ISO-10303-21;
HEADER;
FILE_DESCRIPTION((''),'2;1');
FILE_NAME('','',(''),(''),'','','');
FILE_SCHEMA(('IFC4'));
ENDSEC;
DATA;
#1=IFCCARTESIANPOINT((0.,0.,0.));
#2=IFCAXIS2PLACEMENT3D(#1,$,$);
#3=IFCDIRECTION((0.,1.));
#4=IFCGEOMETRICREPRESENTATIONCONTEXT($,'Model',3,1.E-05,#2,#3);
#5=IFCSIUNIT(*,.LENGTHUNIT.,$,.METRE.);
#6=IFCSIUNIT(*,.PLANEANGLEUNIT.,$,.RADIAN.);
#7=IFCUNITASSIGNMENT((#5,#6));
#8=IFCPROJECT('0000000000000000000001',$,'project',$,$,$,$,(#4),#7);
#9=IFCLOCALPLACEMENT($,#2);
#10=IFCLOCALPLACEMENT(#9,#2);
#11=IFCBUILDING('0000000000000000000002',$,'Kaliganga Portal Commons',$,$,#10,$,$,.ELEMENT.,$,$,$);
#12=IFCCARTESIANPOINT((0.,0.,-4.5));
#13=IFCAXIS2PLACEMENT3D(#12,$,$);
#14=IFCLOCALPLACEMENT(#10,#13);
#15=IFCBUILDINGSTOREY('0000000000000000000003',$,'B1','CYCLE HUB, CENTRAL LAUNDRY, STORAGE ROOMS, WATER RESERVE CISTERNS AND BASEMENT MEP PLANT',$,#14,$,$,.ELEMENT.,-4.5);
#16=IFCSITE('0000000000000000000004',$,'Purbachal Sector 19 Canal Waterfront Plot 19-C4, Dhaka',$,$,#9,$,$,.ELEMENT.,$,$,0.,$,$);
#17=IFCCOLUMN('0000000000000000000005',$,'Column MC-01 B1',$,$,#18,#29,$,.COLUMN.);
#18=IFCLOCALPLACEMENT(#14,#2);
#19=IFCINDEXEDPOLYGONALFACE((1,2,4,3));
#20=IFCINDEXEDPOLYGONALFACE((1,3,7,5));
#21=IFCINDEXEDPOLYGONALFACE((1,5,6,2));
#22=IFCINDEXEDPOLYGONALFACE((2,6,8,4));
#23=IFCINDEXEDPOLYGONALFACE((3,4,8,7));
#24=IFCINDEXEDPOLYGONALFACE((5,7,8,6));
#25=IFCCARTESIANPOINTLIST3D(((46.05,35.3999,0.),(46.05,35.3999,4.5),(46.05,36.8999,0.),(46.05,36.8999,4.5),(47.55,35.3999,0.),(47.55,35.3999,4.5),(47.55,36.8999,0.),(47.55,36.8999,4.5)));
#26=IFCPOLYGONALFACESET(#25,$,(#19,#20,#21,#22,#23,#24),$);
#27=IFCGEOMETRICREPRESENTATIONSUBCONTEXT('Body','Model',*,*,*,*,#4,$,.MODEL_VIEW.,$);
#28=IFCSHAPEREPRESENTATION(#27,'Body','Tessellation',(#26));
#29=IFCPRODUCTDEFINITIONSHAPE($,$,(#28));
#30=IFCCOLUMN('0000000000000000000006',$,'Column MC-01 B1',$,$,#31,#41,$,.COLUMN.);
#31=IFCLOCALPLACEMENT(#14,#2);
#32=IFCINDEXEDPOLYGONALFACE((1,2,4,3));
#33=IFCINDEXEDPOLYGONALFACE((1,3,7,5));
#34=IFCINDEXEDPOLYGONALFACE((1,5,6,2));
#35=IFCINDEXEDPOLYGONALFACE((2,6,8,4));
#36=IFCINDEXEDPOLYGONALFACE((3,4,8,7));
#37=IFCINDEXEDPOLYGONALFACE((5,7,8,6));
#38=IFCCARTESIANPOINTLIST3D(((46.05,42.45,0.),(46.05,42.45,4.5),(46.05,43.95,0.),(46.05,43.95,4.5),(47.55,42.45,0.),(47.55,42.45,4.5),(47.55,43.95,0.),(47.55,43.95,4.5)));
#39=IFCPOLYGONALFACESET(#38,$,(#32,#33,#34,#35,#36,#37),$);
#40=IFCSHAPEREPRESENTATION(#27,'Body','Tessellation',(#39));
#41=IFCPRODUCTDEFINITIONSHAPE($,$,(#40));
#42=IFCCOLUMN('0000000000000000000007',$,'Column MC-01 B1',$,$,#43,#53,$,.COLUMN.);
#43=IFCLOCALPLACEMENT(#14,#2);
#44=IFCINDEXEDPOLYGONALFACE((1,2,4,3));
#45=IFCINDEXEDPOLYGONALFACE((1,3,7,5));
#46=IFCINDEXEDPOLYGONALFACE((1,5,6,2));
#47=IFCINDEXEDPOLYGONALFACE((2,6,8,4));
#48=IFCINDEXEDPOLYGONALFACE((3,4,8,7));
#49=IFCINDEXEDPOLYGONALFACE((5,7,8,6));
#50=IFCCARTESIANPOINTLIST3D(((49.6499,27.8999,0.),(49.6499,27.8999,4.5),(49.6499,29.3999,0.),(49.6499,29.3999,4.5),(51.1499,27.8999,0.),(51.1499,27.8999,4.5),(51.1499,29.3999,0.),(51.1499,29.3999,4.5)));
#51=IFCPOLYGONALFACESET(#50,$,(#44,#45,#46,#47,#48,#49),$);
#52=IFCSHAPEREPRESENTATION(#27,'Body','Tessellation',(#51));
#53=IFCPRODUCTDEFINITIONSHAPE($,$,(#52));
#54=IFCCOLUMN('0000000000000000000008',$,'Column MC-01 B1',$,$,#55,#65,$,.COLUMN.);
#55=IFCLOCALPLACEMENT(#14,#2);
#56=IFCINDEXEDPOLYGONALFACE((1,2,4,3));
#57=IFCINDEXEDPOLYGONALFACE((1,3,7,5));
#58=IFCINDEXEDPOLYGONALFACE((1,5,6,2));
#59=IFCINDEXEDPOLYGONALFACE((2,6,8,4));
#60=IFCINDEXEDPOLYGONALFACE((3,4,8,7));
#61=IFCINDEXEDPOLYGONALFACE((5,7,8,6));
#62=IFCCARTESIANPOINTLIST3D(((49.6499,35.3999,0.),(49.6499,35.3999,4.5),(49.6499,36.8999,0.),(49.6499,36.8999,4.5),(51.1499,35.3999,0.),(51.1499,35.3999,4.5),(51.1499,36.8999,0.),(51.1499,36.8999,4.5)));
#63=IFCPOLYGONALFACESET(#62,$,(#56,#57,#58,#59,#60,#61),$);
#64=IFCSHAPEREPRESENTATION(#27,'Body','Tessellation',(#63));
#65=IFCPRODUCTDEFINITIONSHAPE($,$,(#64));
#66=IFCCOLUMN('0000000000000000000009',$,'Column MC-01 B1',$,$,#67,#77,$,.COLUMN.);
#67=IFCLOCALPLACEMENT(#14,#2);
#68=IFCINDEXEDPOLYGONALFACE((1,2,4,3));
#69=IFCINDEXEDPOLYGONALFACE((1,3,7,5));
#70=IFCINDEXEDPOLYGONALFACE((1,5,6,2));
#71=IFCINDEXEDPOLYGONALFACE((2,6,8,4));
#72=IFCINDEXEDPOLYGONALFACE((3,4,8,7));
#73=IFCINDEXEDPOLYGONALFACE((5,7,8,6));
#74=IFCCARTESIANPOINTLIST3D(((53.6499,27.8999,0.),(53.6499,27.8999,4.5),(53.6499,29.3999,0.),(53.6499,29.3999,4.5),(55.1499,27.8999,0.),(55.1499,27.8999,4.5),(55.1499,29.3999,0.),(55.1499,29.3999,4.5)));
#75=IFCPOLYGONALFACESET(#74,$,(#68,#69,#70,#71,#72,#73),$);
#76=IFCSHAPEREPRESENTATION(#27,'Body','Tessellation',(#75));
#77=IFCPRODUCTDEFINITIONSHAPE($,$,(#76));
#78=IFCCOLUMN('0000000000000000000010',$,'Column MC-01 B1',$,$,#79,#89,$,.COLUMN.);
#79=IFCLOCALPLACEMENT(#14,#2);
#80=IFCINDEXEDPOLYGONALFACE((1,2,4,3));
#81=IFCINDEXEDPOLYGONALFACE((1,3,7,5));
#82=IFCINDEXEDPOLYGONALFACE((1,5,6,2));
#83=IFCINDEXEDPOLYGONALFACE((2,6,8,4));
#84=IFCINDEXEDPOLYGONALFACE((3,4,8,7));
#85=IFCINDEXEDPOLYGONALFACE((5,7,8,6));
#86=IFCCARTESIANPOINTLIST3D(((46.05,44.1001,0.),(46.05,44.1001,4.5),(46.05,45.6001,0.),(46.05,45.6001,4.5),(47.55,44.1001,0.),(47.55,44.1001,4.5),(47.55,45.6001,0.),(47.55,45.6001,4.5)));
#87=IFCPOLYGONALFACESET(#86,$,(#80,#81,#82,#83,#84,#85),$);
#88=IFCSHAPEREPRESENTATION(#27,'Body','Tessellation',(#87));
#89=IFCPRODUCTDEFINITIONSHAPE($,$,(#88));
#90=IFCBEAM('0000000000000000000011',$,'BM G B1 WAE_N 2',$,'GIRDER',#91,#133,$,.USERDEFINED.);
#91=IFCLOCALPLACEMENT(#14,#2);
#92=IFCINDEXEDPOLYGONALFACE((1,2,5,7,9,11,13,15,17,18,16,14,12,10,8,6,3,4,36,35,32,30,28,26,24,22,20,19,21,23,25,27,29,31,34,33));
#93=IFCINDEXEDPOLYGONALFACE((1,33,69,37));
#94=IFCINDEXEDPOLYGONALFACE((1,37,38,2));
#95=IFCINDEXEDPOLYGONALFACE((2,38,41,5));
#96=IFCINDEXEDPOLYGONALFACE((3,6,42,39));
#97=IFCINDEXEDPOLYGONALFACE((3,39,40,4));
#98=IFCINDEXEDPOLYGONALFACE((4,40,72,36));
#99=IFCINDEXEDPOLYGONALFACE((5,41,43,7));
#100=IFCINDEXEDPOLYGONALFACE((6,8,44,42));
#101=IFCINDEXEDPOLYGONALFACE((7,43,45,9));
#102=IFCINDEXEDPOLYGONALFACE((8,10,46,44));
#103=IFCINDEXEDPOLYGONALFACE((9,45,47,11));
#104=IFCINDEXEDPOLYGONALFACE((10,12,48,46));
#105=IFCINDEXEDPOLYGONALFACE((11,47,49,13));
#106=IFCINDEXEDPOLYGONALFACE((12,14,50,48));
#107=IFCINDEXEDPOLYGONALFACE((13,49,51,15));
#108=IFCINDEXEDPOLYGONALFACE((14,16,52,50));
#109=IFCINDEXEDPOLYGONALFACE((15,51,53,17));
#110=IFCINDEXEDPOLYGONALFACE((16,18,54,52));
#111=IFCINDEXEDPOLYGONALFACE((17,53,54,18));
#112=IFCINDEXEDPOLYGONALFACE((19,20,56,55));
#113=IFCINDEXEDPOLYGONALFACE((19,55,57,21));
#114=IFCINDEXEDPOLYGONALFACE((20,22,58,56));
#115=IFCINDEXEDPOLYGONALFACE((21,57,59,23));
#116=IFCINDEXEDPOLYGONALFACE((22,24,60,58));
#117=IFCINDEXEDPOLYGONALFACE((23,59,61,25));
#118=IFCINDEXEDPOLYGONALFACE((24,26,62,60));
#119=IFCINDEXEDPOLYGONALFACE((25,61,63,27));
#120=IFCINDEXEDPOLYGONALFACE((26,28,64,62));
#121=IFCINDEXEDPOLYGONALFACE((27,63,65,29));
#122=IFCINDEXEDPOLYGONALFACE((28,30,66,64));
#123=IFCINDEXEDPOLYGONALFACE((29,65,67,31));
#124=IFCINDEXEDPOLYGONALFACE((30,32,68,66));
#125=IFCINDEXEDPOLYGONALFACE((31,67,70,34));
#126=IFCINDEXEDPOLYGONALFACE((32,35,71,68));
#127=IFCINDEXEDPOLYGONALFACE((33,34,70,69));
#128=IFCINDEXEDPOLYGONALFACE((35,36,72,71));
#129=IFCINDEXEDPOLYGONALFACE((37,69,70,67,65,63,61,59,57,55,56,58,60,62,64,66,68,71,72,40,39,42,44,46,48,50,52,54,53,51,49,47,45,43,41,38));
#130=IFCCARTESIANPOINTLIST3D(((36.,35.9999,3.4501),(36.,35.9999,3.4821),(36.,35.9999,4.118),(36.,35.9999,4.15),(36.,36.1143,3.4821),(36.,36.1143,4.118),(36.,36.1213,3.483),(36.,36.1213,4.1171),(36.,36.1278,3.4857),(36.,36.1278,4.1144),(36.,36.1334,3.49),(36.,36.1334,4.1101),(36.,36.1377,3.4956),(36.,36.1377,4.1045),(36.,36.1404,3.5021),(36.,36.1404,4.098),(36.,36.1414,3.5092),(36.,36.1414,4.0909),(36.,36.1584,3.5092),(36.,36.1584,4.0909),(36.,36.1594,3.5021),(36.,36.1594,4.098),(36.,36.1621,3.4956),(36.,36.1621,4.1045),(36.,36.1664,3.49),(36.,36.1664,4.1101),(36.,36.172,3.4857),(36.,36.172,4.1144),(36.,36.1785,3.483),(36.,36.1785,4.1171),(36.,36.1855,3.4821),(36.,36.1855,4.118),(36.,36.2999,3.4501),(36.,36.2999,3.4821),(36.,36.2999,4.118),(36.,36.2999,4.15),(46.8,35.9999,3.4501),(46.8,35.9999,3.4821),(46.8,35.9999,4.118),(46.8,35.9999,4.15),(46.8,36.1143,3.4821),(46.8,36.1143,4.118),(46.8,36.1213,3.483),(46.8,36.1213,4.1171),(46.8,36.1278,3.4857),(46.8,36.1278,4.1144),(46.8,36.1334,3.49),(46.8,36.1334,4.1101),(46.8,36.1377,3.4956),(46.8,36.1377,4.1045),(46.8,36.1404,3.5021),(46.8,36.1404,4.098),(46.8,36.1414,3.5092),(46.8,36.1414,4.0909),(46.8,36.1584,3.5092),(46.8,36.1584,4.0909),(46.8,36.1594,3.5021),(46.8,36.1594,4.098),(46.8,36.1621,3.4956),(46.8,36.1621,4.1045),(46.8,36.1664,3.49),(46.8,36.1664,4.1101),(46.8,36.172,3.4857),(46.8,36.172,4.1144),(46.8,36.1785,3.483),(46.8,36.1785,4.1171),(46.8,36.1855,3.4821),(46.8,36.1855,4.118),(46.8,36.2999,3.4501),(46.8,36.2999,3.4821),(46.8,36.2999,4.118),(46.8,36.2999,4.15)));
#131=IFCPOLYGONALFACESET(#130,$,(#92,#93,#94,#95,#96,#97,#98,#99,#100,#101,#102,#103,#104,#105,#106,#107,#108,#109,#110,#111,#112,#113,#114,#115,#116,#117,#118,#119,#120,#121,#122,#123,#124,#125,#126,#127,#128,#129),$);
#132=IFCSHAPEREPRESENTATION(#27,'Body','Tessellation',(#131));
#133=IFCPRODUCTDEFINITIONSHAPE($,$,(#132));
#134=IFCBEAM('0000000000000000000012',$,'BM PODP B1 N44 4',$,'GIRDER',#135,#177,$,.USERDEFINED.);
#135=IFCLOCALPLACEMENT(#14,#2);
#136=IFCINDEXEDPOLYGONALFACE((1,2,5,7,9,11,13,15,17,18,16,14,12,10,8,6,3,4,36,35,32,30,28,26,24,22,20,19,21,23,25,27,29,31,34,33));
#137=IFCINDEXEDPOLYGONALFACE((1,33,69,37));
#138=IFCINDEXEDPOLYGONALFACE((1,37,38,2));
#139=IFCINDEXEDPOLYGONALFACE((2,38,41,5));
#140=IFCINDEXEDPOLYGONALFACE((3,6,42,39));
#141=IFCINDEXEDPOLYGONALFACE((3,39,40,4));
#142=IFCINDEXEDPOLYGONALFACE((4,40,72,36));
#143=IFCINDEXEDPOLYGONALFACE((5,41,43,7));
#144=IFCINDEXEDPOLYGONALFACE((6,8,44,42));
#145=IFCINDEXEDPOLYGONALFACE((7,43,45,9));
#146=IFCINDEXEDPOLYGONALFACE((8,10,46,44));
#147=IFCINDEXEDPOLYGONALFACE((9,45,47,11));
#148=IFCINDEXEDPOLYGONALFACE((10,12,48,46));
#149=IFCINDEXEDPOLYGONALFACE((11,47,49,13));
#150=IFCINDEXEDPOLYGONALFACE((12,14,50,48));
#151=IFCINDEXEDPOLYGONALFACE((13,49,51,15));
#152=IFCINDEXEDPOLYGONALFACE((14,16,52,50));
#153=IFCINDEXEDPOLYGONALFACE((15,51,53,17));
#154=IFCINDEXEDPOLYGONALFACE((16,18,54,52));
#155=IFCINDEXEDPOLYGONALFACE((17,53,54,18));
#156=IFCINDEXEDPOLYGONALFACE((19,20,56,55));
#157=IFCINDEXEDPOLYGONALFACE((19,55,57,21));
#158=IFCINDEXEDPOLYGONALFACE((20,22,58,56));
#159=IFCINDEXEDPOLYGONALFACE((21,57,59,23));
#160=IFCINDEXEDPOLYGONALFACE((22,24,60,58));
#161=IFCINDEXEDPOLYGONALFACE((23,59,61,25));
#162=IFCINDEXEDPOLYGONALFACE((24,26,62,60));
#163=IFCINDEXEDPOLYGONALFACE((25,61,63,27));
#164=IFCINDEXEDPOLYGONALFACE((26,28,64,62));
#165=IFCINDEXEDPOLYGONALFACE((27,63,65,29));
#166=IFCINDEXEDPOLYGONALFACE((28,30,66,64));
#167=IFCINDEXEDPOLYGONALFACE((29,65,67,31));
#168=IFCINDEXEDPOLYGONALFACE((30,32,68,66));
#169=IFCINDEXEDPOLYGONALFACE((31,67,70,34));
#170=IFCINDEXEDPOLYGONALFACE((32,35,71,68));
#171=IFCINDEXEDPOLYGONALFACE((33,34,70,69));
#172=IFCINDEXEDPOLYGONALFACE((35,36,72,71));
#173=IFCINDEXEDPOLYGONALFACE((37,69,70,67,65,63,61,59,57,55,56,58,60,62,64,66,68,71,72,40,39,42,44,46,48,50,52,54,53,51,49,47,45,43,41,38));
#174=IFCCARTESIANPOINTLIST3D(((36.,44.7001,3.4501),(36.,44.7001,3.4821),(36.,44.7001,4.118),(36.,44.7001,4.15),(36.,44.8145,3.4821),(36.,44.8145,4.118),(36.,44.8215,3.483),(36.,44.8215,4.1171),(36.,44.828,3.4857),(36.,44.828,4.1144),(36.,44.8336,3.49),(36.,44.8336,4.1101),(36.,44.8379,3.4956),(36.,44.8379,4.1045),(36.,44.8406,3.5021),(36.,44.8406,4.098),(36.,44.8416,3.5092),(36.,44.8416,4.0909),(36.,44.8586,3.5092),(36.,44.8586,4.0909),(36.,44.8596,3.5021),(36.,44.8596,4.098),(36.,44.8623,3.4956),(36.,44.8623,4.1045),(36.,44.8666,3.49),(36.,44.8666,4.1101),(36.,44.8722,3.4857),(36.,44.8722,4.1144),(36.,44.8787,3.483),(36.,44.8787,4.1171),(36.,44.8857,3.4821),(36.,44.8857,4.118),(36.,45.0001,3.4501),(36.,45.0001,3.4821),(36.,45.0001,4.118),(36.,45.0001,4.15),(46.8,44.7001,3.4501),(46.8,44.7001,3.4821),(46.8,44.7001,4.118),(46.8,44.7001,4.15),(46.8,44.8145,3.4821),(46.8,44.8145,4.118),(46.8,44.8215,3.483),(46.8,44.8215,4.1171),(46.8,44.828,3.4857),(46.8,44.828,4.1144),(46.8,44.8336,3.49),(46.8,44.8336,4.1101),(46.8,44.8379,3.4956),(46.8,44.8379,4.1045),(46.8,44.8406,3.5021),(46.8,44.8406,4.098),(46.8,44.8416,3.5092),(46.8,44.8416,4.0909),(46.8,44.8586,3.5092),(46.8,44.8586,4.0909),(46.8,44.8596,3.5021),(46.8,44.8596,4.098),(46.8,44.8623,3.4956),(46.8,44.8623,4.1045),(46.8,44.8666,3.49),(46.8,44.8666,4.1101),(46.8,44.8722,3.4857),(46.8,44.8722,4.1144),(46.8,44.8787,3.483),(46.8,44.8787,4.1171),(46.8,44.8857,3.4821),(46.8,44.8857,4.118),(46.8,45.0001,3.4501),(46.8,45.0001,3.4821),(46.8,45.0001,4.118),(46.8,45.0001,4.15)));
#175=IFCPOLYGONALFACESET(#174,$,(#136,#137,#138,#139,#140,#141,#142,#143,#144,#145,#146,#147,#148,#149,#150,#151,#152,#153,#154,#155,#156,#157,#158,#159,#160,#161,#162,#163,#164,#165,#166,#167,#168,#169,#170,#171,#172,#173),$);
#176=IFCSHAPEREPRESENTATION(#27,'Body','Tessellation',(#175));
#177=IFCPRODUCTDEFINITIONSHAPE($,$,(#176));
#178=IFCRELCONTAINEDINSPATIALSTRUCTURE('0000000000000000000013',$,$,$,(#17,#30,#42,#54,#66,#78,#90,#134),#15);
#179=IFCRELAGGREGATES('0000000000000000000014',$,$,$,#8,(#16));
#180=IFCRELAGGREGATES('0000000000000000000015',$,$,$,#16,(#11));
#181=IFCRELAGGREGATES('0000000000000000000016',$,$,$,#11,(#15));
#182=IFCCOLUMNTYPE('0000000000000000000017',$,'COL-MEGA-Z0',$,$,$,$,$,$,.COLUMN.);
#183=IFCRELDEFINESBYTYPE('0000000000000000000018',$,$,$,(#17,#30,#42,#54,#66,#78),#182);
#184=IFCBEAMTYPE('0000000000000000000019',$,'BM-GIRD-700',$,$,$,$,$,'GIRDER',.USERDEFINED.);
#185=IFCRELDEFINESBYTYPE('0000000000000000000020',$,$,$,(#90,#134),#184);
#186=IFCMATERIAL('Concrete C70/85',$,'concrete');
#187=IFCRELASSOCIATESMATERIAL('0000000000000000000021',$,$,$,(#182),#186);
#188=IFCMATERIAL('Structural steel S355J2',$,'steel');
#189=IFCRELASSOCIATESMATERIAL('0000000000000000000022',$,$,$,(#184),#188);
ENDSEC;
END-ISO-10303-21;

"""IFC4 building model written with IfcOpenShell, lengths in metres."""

from ifc_helpers import new_model, si_unit, direction, frame, origin, origin_2d, place, context, subcontext, project, spatial, rectangle, i_section, extrude, source, transform, mapped, material, material_profile, profile_set, type_object, element, save


model = new_model("IFC4")

# Units and contexts
model_context = context("Model", 3, precision=1e-05, world=origin(), true_north=direction((0.0, 1.0)))
body_context = subcontext(model_context, "Body", "Model", "MODEL_VIEW")
ifc_project = project(units=[si_unit("LENGTHUNIT", "METRE"), si_unit("PLANEANGLEUNIT", "RADIAN")], contexts=[model_context])

# Site, building, storey
site_placement = place(None, origin())
site = spatial("IfcSite", under=ifc_project, at=site_placement, Name="Purbachal Sector 19 Canal Waterfront Plot 19-C4, Dhaka", CompositionType="ELEMENT", RefElevation=0.0)
building_placement = place(site_placement, origin())
building = spatial("IfcBuilding", under=site, at=building_placement, Name="Kaliganga Portal Commons", CompositionType="ELEMENT")
storey_placement = place(building_placement, frame((0.0, 0.0, -4.5)))
storey = spatial("IfcBuildingStorey", under=building, at=storey_placement, Name="B1", Description="CYCLE HUB, CENTRAL LAUNDRY, STORAGE ROOMS, WATER RESERVE CISTERNS AND BASEMENT MEP PLANT", CompositionType="ELEMENT", Elevation=-4.5)

# Columns
ifc_material_1 = material(Name="Concrete C70/85", Category="concrete")
ifc_material_profile_1 = material_profile(ifc_material_1, rectangle(XDim=1.5, YDim=1.5, at=origin_2d()), Name="RC 1500x1500")
ifc_profile_set_1 = profile_set([ifc_material_profile_1], Name="Concrete C70/85")
column_type = type_object("IfcColumnType", Name="COL-MEGA-Z0", PredefinedType="COLUMN", material=ifc_profile_set_1)
shared_shape_1 = source(origin(), body_context, "Body", "SweptSolid", [
    extrude(rectangle(XDim=1.5, YDim=1.5, at=origin_2d()), origin(), (0.0, 0.0, 1.0), 4.5),
])
for number, where, z_axis, x_axis, name in (
    (1, (46.8, 36.1499, 0.0), (0.0, 0.0, 1.0), (1.0, 0.0, 0.0), "Column MC-01 B1"),
    (2, (46.8, 43.2, 0.0), (0.0, 0.0, 1.0), (1.0, 0.0, 0.0), "Column MC-01 B1"),
    (3, (50.3999, 28.6499, 0.0), (0.0, 0.0, 1.0), (1.0, 0.0, 0.0), "Column MC-01 B1"),
    (4, (50.3999, 36.1499, 0.0), (0.0, 0.0, 1.0), (1.0, 0.0, 0.0), "Column MC-01 B1"),
    (5, (54.3999, 28.6499, 0.0), (0.0, 0.0, 1.0), (1.0, 0.0, 0.0), "Column MC-01 B1"),
    (6, (46.8, 44.8501, 0.0), (0.0, 0.0, 1.0), (1.0, 0.0, 0.0), "Column MC-01 B1"),
):
    element("IfcColumn", number, at=place(storey_placement, frame(where, z_axis=z_axis, x_axis=x_axis)), inside=storey, type_object=column_type, Name=name, PredefinedType="COLUMN", context=body_context, shape_type="MappedRepresentation", body=[
        mapped(shared_shape_1, transform((0.0, 0.0, 0.0), x_axis=(1.0, 0.0, 0.0), y_axis=(0.0, 1.0, 0.0), z_axis=(0.0, 0.0, 1.0), scale=1.0)),
    ])

# Beams
ifc_material_2 = material(Name="Structural steel S355J2", Category="steel")
ifc_material_profile_2 = material_profile(ifc_material_2, i_section(OverallWidth=0.3, OverallDepth=0.7, WebThickness=0.0171, FlangeThickness=0.032, FilletRadius=0.0271, at=origin_2d()), Name="HE 700 B")
ifc_profile_set_2 = profile_set([ifc_material_profile_2], Name="Structural steel S355J2 wide-flange")
beam_type_1 = type_object("IfcBeamType", Name="BM-GIRD-700", ElementType="GIRDER", PredefinedType="USERDEFINED", material=ifc_profile_set_2)
shared_shape_2 = source(origin(), body_context, "Body", "SweptSolid", [
    extrude(i_section(OverallWidth=0.3, OverallDepth=0.7, WebThickness=0.0171, FlangeThickness=0.032, FilletRadius=0.0271, at=origin_2d()), origin(), (0.0, 0.0, 1.0), 10.8),
])
for number, where, z_axis, x_axis, name in (
    (7, (36.0, 36.1499, 3.8), (1.0, 0.0, 0.0), (0.0, 1.0, 0.0), "BM G B1 WAE_N 2"),
    (8, (36.0, 44.8501, 3.8), (1.0, 0.0, 0.0), (0.0, 1.0, 0.0), "BM PODP B1 N44 4"),
):
    element("IfcBeam", number, at=place(storey_placement, frame(where, z_axis=z_axis, x_axis=x_axis)), inside=storey, type_object=beam_type_1, Name=name, ObjectType="GIRDER", PredefinedType="USERDEFINED", context=body_context, shape_type="MappedRepresentation", body=[
        mapped(shared_shape_2, transform((0.0, 0.0, 0.0), x_axis=(1.0, 0.0, 0.0), y_axis=(0.0, 1.0, 0.0), z_axis=(0.0, 0.0, 1.0), scale=1.0)),
    ])

save(model, "model.ifc")
